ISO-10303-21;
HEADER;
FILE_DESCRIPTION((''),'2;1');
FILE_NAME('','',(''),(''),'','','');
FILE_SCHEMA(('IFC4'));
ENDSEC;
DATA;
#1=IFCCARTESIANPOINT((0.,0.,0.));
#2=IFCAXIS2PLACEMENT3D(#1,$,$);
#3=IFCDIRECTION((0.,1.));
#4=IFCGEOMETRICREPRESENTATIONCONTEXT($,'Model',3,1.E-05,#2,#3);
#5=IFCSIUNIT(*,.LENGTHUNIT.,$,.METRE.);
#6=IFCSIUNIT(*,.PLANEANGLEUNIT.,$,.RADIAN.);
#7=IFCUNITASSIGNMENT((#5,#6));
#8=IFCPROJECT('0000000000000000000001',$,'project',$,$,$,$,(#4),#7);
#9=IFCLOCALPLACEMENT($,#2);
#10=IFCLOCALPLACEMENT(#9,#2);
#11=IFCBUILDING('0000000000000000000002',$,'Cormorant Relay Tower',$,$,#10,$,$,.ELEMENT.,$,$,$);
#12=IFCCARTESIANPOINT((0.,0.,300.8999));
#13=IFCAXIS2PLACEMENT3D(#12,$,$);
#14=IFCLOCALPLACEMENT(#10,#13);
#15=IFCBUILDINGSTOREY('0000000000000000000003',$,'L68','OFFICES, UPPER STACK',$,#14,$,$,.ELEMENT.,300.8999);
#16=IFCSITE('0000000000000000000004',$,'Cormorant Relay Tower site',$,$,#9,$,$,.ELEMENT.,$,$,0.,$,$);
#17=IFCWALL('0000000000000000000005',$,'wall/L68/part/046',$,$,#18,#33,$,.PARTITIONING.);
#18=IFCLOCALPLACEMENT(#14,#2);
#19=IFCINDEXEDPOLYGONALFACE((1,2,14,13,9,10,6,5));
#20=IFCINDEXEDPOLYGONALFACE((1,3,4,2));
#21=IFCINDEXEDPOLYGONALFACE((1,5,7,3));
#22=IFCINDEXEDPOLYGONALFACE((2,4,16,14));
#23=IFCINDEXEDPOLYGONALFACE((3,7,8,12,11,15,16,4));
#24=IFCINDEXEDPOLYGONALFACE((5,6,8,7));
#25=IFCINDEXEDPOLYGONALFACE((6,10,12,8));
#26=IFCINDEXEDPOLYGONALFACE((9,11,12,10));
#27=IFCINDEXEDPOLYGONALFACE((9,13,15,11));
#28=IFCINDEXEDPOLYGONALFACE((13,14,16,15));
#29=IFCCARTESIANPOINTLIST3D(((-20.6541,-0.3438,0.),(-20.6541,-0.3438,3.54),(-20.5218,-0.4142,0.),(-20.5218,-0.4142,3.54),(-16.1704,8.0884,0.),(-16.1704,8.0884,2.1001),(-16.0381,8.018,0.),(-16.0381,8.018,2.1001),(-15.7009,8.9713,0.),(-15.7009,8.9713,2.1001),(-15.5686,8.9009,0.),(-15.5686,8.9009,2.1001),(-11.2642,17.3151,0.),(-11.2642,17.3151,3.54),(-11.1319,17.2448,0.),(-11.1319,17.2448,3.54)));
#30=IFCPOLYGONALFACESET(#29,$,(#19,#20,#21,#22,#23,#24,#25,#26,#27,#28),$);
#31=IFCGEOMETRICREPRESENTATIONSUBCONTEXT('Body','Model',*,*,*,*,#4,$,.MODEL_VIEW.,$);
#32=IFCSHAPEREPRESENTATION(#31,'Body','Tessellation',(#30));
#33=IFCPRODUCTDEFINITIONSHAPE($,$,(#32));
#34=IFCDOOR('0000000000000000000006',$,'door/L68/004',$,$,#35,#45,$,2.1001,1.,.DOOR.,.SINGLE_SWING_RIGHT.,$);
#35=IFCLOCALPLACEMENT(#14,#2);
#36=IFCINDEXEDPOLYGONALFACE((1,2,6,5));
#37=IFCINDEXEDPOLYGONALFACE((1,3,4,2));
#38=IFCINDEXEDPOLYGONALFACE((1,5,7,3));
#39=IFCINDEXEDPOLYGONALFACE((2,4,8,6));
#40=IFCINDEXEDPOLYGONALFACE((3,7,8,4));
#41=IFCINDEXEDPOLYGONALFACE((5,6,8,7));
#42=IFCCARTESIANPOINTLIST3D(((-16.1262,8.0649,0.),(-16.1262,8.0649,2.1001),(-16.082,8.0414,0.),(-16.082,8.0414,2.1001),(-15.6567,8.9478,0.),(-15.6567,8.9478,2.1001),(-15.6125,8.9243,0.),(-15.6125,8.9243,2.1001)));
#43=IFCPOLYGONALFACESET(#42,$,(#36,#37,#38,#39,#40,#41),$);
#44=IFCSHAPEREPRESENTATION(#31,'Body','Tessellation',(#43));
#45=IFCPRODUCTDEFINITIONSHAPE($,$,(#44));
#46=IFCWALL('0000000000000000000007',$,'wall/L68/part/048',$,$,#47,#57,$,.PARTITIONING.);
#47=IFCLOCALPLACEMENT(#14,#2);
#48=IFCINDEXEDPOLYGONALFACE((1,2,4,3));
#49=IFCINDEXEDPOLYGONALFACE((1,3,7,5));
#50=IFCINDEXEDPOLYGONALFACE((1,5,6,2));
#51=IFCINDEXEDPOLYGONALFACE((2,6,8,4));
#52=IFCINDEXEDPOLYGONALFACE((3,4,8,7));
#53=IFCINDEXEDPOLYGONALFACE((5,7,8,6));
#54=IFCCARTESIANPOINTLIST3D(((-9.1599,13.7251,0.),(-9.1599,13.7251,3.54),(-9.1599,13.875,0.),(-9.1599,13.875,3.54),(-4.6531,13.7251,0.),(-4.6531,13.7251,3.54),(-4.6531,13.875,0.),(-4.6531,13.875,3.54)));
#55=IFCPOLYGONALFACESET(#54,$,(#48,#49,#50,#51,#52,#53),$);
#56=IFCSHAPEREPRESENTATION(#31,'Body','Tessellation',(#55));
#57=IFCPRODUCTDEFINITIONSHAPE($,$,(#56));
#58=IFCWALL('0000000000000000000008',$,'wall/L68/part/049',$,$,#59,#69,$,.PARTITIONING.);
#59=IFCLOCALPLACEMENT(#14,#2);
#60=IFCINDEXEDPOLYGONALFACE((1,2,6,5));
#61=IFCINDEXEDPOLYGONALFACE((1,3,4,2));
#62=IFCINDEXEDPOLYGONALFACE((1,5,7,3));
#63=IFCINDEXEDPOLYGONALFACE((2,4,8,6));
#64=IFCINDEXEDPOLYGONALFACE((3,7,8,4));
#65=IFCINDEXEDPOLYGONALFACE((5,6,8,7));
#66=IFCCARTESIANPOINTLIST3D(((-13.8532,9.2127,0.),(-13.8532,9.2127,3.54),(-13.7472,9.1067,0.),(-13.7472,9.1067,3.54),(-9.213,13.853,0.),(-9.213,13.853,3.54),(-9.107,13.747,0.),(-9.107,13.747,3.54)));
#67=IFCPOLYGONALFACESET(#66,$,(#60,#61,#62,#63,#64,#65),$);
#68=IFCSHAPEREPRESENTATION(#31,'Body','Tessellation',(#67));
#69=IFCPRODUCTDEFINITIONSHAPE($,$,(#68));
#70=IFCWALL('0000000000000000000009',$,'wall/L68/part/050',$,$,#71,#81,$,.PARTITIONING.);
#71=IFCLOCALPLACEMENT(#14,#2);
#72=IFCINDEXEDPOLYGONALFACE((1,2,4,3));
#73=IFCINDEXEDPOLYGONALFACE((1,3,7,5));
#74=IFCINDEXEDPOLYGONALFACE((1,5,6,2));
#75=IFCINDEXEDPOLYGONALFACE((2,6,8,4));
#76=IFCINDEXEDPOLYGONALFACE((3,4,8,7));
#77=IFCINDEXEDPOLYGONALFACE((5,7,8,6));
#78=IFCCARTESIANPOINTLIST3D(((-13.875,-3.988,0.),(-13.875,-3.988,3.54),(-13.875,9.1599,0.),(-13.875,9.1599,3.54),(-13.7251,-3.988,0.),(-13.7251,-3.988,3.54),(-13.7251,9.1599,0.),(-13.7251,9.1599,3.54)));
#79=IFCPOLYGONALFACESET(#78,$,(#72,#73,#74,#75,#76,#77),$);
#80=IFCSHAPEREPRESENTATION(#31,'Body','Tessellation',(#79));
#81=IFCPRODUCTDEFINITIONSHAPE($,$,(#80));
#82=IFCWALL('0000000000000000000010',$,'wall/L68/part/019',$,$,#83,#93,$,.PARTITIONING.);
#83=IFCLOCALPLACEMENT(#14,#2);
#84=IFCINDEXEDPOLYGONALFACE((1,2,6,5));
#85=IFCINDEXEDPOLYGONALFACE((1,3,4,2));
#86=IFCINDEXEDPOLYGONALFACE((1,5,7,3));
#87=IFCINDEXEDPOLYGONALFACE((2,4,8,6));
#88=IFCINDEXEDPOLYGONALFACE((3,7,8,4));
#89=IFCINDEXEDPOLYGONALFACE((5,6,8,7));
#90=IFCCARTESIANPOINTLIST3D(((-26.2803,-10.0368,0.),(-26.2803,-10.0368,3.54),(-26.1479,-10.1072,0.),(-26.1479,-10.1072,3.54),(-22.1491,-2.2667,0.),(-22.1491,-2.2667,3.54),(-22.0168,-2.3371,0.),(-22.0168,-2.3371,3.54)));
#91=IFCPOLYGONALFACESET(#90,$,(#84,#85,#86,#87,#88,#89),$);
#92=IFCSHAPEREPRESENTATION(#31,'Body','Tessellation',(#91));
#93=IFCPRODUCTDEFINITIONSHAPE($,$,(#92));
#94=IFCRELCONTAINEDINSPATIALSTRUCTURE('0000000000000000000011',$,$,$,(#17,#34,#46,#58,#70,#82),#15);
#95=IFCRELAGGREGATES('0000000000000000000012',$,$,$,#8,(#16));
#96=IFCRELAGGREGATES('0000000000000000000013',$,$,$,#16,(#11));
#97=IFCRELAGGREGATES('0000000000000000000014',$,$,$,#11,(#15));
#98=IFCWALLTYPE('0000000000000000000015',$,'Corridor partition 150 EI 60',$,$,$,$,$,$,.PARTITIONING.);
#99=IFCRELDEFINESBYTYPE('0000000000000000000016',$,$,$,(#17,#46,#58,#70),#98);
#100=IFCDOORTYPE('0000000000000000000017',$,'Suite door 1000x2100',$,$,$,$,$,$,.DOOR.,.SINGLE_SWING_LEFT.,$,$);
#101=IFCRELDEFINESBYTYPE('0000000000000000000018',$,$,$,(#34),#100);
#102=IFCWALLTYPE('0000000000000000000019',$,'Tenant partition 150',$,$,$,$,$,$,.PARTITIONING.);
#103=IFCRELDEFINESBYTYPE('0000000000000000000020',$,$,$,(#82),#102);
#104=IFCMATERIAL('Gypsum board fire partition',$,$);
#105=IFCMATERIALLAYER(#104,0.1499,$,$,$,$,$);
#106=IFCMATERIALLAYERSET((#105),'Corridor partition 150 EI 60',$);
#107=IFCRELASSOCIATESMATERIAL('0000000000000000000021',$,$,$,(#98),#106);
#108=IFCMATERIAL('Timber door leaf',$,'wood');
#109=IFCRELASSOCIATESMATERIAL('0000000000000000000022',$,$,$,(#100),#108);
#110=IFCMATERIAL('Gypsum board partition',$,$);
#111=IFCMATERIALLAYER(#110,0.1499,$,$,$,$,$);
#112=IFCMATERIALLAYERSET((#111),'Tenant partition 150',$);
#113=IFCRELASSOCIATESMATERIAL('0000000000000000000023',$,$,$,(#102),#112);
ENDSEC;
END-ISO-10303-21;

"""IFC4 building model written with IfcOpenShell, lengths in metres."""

from ifc_helpers import new_model, si_unit, direction, frame, frame_2d, origin, place, context, subcontext, project, spatial, rectangle, extrude, material, layer, layer_set, type_object, element, fill, save


model = new_model("IFC4")

# Units and contexts
model_context = context("Model", 3, precision=1e-05, world=origin(), true_north=direction((0.0, 1.0)))
body_context = subcontext(model_context, "Body", "Model", "MODEL_VIEW")
ifc_project = project(units=[si_unit("LENGTHUNIT", "METRE"), si_unit("PLANEANGLEUNIT", "RADIAN")], contexts=[model_context])

# Site, building, storey
site_placement = place(None, origin())
site = spatial("IfcSite", under=ifc_project, at=site_placement, Name="Cormorant Relay Tower site", CompositionType="ELEMENT", RefElevation=0.0)
building_placement = place(site_placement, origin())
building = spatial("IfcBuilding", under=site, at=building_placement, Name="Cormorant Relay Tower", CompositionType="ELEMENT")
storey_placement = place(building_placement, frame((0.0, 0.0, 300.8999)))
storey = spatial("IfcBuildingStorey", under=building, at=storey_placement, Name="L68", Description="OFFICES, UPPER STACK", CompositionType="ELEMENT", Elevation=300.8999)

# Wall, opening, door
ifc_material_1 = material(Name="Gypsum board fire partition")
ifc_layer_1 = layer(ifc_material_1, 0.1499)
ifc_layer_set_1 = layer_set([ifc_layer_1], Name="Corridor partition 150 EI 60")
wall_type_1 = type_object("IfcWallType", Name="Corridor partition 150 EI 60", PredefinedType="PARTITIONING", material=ifc_layer_set_1)
wall_1_placement = place(storey_placement, frame((-20.5879, -0.3789, 0.0), z_axis=(0.0, 0.0, 1.0), x_axis=(0.46949, 0.882938, 0.0)))
wall_1 = element("IfcWall", 1, at=wall_1_placement, inside=storey, type_object=wall_type_1, Name="wall/L68/part/046", PredefinedType="PARTITIONING", context=body_context, shape_type="SweptSolid", body=[
    extrude(rectangle(XDim=20.0002, YDim=0.1499, at=frame_2d((10.0, 0.0))), origin(), (0.0, 0.0, 1.0), 3.54),
])
opening_1_placement = place(wall_1_placement, frame((9.55, 0.0, 0.0)))
opening_1 = element("IfcOpeningElement", 2, at=opening_1_placement, cuts=wall_1, PredefinedType="OPENING", context=body_context, shape_type="SweptSolid", body=[
    extrude(rectangle(XDim=1.0, YDim=2.1001, at=frame_2d((0.5, 1.05))), frame((0.0, 0.085, 0.0), z_axis=(0.0, -1.0, 0.0), x_axis=(1.0, 0.0, 0.0)), (0.0, 0.0, 1.0), 0.1699),
])
ifc_material_2 = material(Name="Timber door leaf", Category="wood")
door_type_1 = type_object("IfcDoorType", Name="Suite door 1000x2100", OperationType="SINGLE_SWING_LEFT", PredefinedType="DOOR", material=ifc_material_2)
door_1_placement = place(opening_1_placement, origin())
door_1 = element("IfcDoor", 3, at=door_1_placement, inside=storey, type_object=door_type_1, Name="door/L68/004", OperationType="SINGLE_SWING_RIGHT", OverallHeight=2.1001, OverallWidth=1.0, PredefinedType="DOOR", context=body_context, shape_type="SweptSolid", body=[
    extrude(rectangle(XDim=1.0, YDim=2.1001, at=frame_2d((0.5, 1.05))), frame((0.0, 0.0249, 0.0), z_axis=(0.0, -1.0, 0.0), x_axis=(1.0, 0.0, 0.0)), (0.0, 0.0, 1.0), 0.05),
])
fill(opening_1, door_1)

# Walls
wall_2_placement = place(storey_placement, frame((-4.6531, 13.8, 0.0), z_axis=(0.0, 0.0, 1.0), x_axis=(-1.0, 0.0, 0.0)))
element("IfcWall", 4, at=wall_2_placement, inside=storey, type_object=wall_type_1, Name="wall/L68/part/048", PredefinedType="PARTITIONING", context=body_context, shape_type="SweptSolid", body=[
    extrude(rectangle(XDim=4.5068, YDim=0.1499, at=frame_2d((2.2534, 0.0))), origin(), (0.0, 0.0, 1.0), 3.54),
])
wall_3_placement = place(storey_placement, frame((-9.1599, 13.8, 0.0), z_axis=(0.0, 0.0, 1.0), x_axis=(-0.707107, -0.707107, 0.0)))
element("IfcWall", 5, at=wall_3_placement, inside=storey, type_object=wall_type_1, Name="wall/L68/part/049", PredefinedType="PARTITIONING", context=body_context, shape_type="SweptSolid", body=[
    extrude(rectangle(XDim=6.5623, YDim=0.1499, at=frame_2d((3.2812, 0.0))), origin(), (0.0, 0.0, 1.0), 3.54),
])
wall_4_placement = place(storey_placement, frame((-13.8, 9.1599, 0.0), z_axis=(0.0, 0.0, 1.0), x_axis=(0.0, -1.0, 0.0)))
element("IfcWall", 6, at=wall_4_placement, inside=storey, type_object=wall_type_1, Name="wall/L68/part/050", PredefinedType="PARTITIONING", context=body_context, shape_type="SweptSolid", body=[
    extrude(rectangle(XDim=13.1479, YDim=0.1499, at=frame_2d((6.574, 0.0))), origin(), (0.0, 0.0, 1.0), 3.54),
])
ifc_material_3 = material(Name="Gypsum board partition")
ifc_layer_2 = layer(ifc_material_3, 0.1499)
ifc_layer_set_2 = layer_set([ifc_layer_2], Name="Tenant partition 150")
wall_type_2 = type_object("IfcWallType", Name="Tenant partition 150", PredefinedType="PARTITIONING", material=ifc_layer_set_2)
wall_5_placement = place(storey_placement, frame((-22.083, -2.302, 0.0), z_axis=(0.0, 0.0, 1.0), x_axis=(-0.469446, -0.882961, 0.0)))
element("IfcWall", 7, at=wall_5_placement, inside=storey, type_object=wall_type_2, Name="wall/L68/part/019", PredefinedType="PARTITIONING", context=body_context, shape_type="SweptSolid", body=[
    extrude(rectangle(XDim=8.8, YDim=0.1499, at=frame_2d((4.3999, 0.0))), origin(), (0.0, 0.0, 1.0), 3.54),
])

save(model, "model.ifc")
